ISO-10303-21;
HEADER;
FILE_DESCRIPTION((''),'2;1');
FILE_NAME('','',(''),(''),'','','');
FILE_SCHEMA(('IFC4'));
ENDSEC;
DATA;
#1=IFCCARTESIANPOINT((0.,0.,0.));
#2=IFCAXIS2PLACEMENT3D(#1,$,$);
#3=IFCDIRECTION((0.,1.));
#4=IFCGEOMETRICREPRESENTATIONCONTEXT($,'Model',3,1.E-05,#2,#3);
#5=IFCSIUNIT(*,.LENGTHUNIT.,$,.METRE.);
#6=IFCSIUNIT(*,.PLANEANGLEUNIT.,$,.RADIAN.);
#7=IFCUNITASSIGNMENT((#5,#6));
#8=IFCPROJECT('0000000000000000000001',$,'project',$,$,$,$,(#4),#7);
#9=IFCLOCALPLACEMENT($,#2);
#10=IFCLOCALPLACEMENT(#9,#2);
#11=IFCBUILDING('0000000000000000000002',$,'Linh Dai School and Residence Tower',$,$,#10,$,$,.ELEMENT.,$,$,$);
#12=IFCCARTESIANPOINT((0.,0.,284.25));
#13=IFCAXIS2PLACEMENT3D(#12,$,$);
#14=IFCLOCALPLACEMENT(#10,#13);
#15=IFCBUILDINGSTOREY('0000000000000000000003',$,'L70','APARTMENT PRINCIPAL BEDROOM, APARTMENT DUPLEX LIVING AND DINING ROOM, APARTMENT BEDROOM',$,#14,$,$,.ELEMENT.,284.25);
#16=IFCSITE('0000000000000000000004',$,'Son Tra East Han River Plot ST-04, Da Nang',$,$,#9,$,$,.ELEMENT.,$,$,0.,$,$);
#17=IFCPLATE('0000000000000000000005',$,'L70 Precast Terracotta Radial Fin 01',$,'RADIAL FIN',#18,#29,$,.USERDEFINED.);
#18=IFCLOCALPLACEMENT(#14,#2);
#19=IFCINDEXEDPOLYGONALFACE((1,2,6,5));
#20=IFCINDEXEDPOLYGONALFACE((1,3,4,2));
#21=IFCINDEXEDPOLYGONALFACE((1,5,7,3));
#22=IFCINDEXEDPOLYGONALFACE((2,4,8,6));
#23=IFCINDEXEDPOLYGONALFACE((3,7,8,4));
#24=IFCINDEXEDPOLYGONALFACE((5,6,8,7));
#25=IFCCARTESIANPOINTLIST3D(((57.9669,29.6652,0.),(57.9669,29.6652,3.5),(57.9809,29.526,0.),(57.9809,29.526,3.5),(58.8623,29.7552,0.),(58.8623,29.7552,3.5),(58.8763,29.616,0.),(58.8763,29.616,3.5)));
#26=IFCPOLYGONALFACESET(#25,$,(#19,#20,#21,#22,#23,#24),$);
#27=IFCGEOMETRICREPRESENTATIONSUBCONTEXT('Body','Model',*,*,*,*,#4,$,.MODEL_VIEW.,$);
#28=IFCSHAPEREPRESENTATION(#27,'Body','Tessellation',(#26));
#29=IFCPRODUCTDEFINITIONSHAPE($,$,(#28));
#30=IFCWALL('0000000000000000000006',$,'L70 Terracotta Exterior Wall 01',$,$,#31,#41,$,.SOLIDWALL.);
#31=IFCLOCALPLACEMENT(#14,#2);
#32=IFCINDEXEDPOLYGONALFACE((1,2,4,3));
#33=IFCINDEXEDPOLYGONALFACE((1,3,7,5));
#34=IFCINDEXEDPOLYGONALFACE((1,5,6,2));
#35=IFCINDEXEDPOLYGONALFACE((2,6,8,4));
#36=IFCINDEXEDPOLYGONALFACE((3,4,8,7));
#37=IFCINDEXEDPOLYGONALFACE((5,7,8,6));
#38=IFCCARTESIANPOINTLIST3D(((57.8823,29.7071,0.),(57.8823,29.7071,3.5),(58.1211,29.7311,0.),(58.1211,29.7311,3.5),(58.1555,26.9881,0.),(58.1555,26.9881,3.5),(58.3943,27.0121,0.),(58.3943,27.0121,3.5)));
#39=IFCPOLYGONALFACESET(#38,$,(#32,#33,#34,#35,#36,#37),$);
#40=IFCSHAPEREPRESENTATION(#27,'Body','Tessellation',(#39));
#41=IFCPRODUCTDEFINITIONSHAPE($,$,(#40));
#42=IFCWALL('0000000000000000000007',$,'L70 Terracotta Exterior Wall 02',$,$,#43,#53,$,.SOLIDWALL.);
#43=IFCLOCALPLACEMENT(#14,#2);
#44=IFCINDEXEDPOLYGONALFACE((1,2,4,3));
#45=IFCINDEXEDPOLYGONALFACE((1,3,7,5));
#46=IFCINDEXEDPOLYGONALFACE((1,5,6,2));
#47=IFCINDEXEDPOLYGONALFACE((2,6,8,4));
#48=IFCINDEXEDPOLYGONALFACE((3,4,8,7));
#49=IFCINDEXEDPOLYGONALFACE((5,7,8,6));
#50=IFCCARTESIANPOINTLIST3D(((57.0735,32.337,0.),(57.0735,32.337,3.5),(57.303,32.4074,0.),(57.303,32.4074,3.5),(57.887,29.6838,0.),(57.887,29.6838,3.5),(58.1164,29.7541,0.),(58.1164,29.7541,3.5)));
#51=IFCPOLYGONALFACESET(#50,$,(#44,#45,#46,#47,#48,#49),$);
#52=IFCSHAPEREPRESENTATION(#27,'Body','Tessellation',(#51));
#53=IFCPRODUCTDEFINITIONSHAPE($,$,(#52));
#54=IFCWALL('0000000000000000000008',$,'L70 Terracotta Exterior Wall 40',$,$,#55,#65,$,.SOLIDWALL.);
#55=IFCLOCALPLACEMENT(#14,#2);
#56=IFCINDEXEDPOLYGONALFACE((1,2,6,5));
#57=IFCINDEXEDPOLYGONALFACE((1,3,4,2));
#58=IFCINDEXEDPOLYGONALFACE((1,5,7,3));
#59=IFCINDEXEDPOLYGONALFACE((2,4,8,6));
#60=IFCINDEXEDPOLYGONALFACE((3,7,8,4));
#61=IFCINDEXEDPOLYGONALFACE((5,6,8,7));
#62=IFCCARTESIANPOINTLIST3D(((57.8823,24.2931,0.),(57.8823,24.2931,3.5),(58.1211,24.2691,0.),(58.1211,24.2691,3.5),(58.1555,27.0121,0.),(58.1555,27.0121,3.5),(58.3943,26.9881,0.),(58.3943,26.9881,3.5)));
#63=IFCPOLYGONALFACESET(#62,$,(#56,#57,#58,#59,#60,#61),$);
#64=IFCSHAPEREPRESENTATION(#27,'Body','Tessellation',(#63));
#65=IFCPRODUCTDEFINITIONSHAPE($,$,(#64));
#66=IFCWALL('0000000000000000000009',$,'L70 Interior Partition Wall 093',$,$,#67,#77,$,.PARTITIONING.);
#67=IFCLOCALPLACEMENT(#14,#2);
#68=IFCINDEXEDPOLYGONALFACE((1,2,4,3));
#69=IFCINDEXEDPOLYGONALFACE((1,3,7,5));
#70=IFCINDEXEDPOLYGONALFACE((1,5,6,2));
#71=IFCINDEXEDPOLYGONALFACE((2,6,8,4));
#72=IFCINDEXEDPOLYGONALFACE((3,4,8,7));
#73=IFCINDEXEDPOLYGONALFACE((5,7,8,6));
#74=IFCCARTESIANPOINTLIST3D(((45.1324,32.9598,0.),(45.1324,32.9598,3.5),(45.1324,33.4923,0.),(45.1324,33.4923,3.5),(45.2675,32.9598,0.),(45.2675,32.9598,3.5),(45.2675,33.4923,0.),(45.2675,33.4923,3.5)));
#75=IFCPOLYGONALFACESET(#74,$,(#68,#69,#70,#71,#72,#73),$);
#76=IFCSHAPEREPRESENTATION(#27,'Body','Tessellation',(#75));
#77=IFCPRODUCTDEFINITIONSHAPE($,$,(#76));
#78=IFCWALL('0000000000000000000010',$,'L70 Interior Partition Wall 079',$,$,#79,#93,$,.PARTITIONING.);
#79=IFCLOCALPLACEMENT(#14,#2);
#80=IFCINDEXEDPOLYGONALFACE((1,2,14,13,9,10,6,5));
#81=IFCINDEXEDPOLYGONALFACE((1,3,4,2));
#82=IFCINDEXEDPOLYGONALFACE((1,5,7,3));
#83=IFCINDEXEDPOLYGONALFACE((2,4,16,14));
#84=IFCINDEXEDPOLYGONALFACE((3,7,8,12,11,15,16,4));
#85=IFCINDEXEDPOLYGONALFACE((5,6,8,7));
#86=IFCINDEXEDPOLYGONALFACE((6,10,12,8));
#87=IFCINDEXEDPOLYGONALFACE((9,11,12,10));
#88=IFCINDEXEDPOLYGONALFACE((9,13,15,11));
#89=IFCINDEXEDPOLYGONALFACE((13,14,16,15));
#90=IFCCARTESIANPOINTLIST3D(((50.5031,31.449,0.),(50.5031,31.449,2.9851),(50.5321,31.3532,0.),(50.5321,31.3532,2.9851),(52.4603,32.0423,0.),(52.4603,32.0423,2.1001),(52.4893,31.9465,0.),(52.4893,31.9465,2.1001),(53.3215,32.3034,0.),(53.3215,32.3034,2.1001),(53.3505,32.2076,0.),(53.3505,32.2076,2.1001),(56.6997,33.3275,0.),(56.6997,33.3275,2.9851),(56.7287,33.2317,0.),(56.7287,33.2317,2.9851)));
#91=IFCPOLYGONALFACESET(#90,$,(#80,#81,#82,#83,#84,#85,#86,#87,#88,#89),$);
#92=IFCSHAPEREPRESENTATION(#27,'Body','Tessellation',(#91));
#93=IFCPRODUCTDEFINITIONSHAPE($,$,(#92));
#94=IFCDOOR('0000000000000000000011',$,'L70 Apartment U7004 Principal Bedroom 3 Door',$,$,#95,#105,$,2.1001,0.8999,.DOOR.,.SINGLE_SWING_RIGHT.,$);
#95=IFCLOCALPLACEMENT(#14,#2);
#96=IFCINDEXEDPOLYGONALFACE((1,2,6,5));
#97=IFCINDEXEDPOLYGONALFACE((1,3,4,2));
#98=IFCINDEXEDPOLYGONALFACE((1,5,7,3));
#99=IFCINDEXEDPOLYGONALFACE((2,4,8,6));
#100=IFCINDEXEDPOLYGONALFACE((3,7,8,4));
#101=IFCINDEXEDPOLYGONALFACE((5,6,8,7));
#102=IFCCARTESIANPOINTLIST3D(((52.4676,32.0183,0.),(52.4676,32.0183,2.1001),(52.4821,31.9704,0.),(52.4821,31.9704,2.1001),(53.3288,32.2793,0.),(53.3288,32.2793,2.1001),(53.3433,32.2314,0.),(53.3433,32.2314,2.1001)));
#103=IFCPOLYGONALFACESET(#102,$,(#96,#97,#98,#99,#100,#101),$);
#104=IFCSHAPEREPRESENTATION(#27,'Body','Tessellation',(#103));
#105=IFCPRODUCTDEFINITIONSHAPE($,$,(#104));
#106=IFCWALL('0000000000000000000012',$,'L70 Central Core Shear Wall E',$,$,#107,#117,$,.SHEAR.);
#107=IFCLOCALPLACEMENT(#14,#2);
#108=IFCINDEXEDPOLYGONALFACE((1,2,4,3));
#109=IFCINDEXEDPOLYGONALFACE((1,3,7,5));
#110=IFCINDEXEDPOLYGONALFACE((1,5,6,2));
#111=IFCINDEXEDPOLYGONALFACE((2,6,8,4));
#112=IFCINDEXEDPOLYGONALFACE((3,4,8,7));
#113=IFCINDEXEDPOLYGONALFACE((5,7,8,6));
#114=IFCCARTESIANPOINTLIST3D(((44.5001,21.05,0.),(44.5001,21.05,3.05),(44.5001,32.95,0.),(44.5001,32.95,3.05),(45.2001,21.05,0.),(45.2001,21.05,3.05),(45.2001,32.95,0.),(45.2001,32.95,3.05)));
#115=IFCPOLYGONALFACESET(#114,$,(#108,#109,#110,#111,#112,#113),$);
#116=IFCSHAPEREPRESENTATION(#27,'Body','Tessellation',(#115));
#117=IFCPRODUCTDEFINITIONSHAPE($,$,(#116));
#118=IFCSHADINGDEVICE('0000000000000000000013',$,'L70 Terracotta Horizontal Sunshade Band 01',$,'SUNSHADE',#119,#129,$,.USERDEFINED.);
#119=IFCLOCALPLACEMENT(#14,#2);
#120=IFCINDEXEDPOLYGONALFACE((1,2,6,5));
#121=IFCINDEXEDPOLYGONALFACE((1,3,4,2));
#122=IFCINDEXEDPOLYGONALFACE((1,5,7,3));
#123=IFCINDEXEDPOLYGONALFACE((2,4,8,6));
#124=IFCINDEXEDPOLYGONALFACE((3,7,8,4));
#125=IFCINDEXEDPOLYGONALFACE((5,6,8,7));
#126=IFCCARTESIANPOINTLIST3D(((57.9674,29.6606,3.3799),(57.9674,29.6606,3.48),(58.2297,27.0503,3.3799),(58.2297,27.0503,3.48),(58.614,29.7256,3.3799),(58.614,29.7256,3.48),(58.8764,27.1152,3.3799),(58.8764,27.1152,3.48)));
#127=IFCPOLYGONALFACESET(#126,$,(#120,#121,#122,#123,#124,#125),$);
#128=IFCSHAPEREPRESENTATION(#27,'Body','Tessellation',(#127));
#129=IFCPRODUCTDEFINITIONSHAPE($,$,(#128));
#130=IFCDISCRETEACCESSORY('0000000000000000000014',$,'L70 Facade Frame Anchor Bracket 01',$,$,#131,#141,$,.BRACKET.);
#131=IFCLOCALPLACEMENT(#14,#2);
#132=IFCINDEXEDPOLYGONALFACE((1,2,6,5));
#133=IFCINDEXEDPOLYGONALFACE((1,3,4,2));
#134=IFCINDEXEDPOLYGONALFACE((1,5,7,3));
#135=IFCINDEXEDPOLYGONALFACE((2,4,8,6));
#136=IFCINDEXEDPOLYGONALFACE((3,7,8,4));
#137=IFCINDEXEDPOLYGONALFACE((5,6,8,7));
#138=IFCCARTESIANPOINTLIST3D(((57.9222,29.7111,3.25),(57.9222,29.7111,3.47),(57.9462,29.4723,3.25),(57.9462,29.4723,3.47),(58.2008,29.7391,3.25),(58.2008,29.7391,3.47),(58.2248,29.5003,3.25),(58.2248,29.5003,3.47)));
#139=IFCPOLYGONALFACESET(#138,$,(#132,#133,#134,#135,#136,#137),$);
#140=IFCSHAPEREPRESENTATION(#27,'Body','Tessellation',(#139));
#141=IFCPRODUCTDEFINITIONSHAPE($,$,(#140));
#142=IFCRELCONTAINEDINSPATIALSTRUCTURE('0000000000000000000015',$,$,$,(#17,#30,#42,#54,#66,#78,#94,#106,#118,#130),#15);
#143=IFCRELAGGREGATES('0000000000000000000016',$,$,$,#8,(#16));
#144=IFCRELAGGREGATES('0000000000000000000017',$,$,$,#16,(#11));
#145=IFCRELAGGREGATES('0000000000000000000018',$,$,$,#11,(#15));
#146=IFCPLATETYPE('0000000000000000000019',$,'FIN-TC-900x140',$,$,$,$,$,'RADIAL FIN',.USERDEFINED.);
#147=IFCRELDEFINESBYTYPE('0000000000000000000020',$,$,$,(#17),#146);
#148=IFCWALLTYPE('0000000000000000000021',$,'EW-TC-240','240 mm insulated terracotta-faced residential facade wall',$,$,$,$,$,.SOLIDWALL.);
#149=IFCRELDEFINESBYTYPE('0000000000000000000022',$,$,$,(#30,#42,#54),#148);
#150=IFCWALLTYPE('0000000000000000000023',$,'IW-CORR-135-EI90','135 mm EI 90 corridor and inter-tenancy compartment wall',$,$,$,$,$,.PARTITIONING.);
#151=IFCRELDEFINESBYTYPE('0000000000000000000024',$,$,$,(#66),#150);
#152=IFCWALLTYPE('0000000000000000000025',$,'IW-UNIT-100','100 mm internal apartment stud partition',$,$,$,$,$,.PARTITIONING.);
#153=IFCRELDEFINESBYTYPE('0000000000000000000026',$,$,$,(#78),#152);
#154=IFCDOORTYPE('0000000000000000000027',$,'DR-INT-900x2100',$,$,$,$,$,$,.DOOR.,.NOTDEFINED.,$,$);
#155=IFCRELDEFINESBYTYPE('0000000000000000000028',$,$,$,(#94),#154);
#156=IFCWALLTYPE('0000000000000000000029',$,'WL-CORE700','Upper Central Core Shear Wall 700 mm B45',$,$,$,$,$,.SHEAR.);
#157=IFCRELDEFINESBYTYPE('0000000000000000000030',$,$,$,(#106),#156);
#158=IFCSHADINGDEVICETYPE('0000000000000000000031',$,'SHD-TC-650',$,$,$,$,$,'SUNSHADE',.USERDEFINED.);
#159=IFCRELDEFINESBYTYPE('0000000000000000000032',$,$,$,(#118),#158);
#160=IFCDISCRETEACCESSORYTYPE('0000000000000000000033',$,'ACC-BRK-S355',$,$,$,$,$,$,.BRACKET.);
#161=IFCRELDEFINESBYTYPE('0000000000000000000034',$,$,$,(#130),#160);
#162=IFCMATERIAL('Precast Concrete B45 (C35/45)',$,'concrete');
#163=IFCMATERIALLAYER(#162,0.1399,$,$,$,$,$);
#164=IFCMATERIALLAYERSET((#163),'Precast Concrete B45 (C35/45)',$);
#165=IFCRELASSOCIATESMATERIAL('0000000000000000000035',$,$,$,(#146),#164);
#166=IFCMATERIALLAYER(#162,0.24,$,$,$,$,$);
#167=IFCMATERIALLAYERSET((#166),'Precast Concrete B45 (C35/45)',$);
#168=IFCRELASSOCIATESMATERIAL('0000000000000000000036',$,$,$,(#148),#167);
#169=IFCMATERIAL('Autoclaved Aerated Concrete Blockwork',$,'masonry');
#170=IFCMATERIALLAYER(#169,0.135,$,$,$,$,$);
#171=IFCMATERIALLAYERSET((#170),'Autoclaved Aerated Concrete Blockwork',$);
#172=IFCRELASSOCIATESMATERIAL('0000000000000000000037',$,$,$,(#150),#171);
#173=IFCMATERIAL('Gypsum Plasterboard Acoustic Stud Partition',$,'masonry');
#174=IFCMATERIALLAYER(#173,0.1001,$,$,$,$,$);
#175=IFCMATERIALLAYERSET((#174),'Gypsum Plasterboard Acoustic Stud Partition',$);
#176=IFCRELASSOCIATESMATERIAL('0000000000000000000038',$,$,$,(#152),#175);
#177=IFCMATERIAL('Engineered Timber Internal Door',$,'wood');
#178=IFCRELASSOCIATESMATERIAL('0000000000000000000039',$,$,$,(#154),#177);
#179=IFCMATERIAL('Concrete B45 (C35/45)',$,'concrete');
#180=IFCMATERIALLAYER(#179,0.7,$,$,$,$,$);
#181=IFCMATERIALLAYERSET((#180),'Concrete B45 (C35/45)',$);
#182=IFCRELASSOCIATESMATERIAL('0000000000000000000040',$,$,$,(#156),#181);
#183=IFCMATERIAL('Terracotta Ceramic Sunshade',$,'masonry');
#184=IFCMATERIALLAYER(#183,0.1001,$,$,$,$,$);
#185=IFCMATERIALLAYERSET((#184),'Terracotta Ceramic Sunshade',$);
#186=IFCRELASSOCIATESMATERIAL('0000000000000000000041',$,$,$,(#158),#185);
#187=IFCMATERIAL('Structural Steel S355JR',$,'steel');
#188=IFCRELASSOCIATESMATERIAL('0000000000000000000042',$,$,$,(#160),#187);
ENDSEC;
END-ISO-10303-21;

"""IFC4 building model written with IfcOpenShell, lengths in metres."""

from ifc_helpers import new_model, si_unit, direction, frame, frame_2d, origin, origin_2d, place, context, subcontext, project, spatial, rectangle, extrude, source, transform, mapped, material, layer, layer_set, type_object, element, fill, save


model = new_model("IFC4")

# Units and contexts
model_context = context("Model", 3, precision=1e-05, world=origin(), true_north=direction((0.0, 1.0)))
body_context = subcontext(model_context, "Body", "Model", "MODEL_VIEW")
ifc_project = project(units=[si_unit("LENGTHUNIT", "METRE"), si_unit("PLANEANGLEUNIT", "RADIAN")], contexts=[model_context])

# Site, building, storey
site_placement = place(None, origin())
site = spatial("IfcSite", under=ifc_project, at=site_placement, Name="Son Tra East Han River Plot ST-04, Da Nang", CompositionType="ELEMENT", RefElevation=0.0)
building_placement = place(site_placement, origin())
building = spatial("IfcBuilding", under=site, at=building_placement, Name="Linh Dai School and Residence Tower", CompositionType="ELEMENT")
storey_placement = place(building_placement, frame((0.0, 0.0, 284.25)))
storey = spatial("IfcBuildingStorey", under=building, at=storey_placement, Name="L70", Description="APARTMENT PRINCIPAL BEDROOM, APARTMENT DUPLEX LIVING AND DINING ROOM, APARTMENT BEDROOM", CompositionType="ELEMENT", Elevation=284.25)

# Shared definitions
ifc_material_1 = material(Name="Structural Steel S355JR", Category="steel")

# Plate
ifc_material_2 = material(Name="Precast Concrete B45 (C35/45)", Category="concrete")
ifc_layer_1 = layer(ifc_material_2, 0.1399)
ifc_layer_set_1 = layer_set([ifc_layer_1], Name="Precast Concrete B45 (C35/45)")
plate_type = type_object("IfcPlateType", Name="FIN-TC-900x140", ElementType="RADIAL FIN", PredefinedType="USERDEFINED", material=ifc_layer_set_1)
shared_shape_1 = source(origin(), body_context, "Body", "SweptSolid", [
    extrude(rectangle(XDim=0.8999, YDim=0.1399, at=origin_2d()), origin(), (0.0, 0.0, 1.0), 3.5),
])
plate_placement = place(storey_placement, frame((58.4216, 29.6406, 0.0), z_axis=(0.0, 0.0, 1.0), x_axis=(0.994987, 0.100008, 0.0)))
element("IfcPlate", 1, at=plate_placement, inside=storey, type_object=plate_type, Name="L70 Precast Terracotta Radial Fin 01", ObjectType="RADIAL FIN", PredefinedType="USERDEFINED", context=body_context, shape_type="MappedRepresentation", body=[
    mapped(shared_shape_1, transform((0.0, 0.0, 0.0), x_axis=(1.0, 0.0, 0.0), y_axis=(0.0, 1.0, 0.0), z_axis=(0.0, 0.0, 1.0), scale=1.0)),
])

# Walls
ifc_layer_2 = layer(ifc_material_2, 0.24)
ifc_layer_set_2 = layer_set([ifc_layer_2], Name="Precast Concrete B45 (C35/45)")
wall_type_1 = type_object("IfcWallType", Name="EW-TC-240", Description="240 mm insulated terracotta-faced residential facade wall", PredefinedType="SOLIDWALL", material=ifc_layer_set_2)
wall_1_placement = place(storey_placement, frame((58.0017, 29.719, 0.0), z_axis=(0.0, 0.0, 1.0), x_axis=(0.099973, -0.99499, 0.0)))
element("IfcWall", 2, at=wall_1_placement, inside=storey, type_object=wall_type_1, Name="L70 Terracotta Exterior Wall 01", PredefinedType="SOLIDWALL", context=body_context, shape_type="SweptSolid", body=[
    extrude(rectangle(XDim=2.7327, YDim=0.24, at=frame_2d((1.3662, 0.0))), origin(), (0.0, 0.0, 1.0), 3.5),
])
wall_2_placement = place(storey_placement, frame((57.1882, 32.3723, 0.0), z_axis=(0.0, 0.0, 1.0), x_axis=(0.293121, -0.956075, 0.0)))
element("IfcWall", 3, at=wall_2_placement, inside=storey, type_object=wall_type_1, Name="L70 Terracotta Exterior Wall 02", PredefinedType="SOLIDWALL", context=body_context, shape_type="SweptSolid", body=[
    extrude(rectangle(XDim=2.7751, YDim=0.24, at=frame_2d((1.3877, 0.0))), origin(), (0.0, 0.0, 1.0), 3.5),
])
wall_3_placement = place(storey_placement, frame((58.2749, 27.0, 0.0), z_axis=(0.0, 0.0, 1.0), x_axis=(-0.099973, -0.99499, 0.0)))
element("IfcWall", 4, at=wall_3_placement, inside=storey, type_object=wall_type_1, Name="L70 Terracotta Exterior Wall 40", PredefinedType="SOLIDWALL", context=body_context, shape_type="SweptSolid", body=[
    extrude(rectangle(XDim=2.7327, YDim=0.24, at=frame_2d((1.3662, 0.0))), origin(), (0.0, 0.0, 1.0), 3.5),
])
ifc_material_3 = material(Name="Autoclaved Aerated Concrete Blockwork", Category="masonry")
ifc_layer_3 = layer(ifc_material_3, 0.135)
ifc_layer_set_3 = layer_set([ifc_layer_3], Name="Autoclaved Aerated Concrete Blockwork")
wall_type_2 = type_object("IfcWallType", Name="IW-CORR-135-EI90", Description="135 mm EI 90 corridor and inter-tenancy compartment wall", PredefinedType="PARTITIONING", material=ifc_layer_set_3)
wall_4_placement = place(storey_placement, frame((45.2, 32.96, 0.0), z_axis=(0.0, 0.0, 1.0), x_axis=(0.0, 1.0, 0.0)))
element("IfcWall", 5, at=wall_4_placement, inside=storey, type_object=wall_type_2, Name="L70 Interior Partition Wall 093", PredefinedType="PARTITIONING", context=body_context, shape_type="SweptSolid", body=[
    extrude(rectangle(XDim=0.5325, YDim=0.135, at=frame_2d((0.2661, 0.0))), origin(), (0.0, 0.0, 1.0), 3.5),
])

# Wall, opening, door
ifc_material_4 = material(Name="Gypsum Plasterboard Acoustic Stud Partition", Category="masonry")
ifc_layer_4 = layer(ifc_material_4, 0.1001)
ifc_layer_set_4 = layer_set([ifc_layer_4], Name="Gypsum Plasterboard Acoustic Stud Partition")
wall_type_3 = type_object("IfcWallType", Name="IW-UNIT-100", Description="100 mm internal apartment stud partition", PredefinedType="PARTITIONING", material=ifc_layer_set_4)
wall_5_placement = place(storey_placement, frame((50.5176, 31.4011, 0.0), z_axis=(0.0, 0.0, 1.0), x_axis=(0.956995, 0.290104, 0.0)))
wall_5 = element("IfcWall", 6, at=wall_5_placement, inside=storey, type_object=wall_type_3, Name="L70 Interior Partition Wall 079", PredefinedType="PARTITIONING", context=body_context, shape_type="SweptSolid", body=[
    extrude(rectangle(XDim=6.4751, YDim=0.1001, at=frame_2d((3.2375, 0.0))), origin(), (0.0, 0.0, 1.0), 2.9851),
])
opening_placement = place(wall_5_placement, frame((2.0452, 0.0, 0.0)))
opening = element("IfcOpeningElement", 7, at=opening_placement, cuts=wall_5, PredefinedType="OPENING", context=body_context, shape_type="SweptSolid", body=[
    extrude(rectangle(XDim=0.8999, YDim=2.1001, at=origin_2d()), frame((0.45, 0.0601, 1.05), z_axis=(0.0, -1.0, 0.0), x_axis=(1.0, 0.0, 0.0)), (0.0, 0.0, 1.0), 0.1201),
])
ifc_material_5 = material(Name="Engineered Timber Internal Door", Category="wood")
door_type = type_object("IfcDoorType", Name="DR-INT-900x2100", OperationType="NOTDEFINED", PredefinedType="DOOR", material=ifc_material_5)
shared_shape_2 = source(origin(), body_context, "Body", "SweptSolid", [
    extrude(rectangle(XDim=0.8999, YDim=2.1001, at=origin_2d()), frame((0.45, 0.0249, 1.05), z_axis=(0.0, -1.0, 0.0), x_axis=(1.0, 0.0, 0.0)), (0.0, 0.0, 1.0), 0.05),
])
door_placement = place(opening_placement, origin())
door = element("IfcDoor", 8, at=door_placement, inside=storey, type_object=door_type, Name="L70 Apartment U7004 Principal Bedroom 3 Door", OperationType="SINGLE_SWING_RIGHT", OverallHeight=2.1001, OverallWidth=0.8999, PredefinedType="DOOR", context=body_context, shape_type="MappedRepresentation", body=[
    mapped(shared_shape_2, transform((0.0, 0.0, 0.0), x_axis=(1.0, 0.0, 0.0), y_axis=(0.0, 1.0, 0.0), z_axis=(0.0, 0.0, 1.0), scale=1.0)),
])
fill(opening, door)

# Wall
ifc_material_6 = material(Name="Concrete B45 (C35/45)", Category="concrete")
ifc_layer_5 = layer(ifc_material_6, 0.7)
ifc_layer_set_5 = layer_set([ifc_layer_5], Name="Concrete B45 (C35/45)")
wall_type_4 = type_object("IfcWallType", Name="WL-CORE700", Description="Upper Central Core Shear Wall 700 mm B45", PredefinedType="SHEAR", material=ifc_layer_set_5)
wall_6_placement = place(storey_placement, frame((44.8501, 32.95, 0.0), z_axis=(0.0, 0.0, 1.0), x_axis=(0.0, -1.0, 0.0)))
element("IfcWall", 9, at=wall_6_placement, inside=storey, type_object=wall_type_4, Name="L70 Central Core Shear Wall E", PredefinedType="SHEAR", context=body_context, shape_type="SweptSolid", body=[
    extrude(rectangle(XDim=11.8999, YDim=0.7, at=frame_2d((5.95, 0.0))), origin(), (0.0, 0.0, 1.0), 3.05),
])

# Shading device
ifc_material_7 = material(Name="Terracotta Ceramic Sunshade", Category="masonry")
ifc_layer_6 = layer(ifc_material_7, 0.1001)
ifc_layer_set_6 = layer_set([ifc_layer_6], Name="Terracotta Ceramic Sunshade")
shading_device_type = type_object("IfcShadingDeviceType", Name="SHD-TC-650", ElementType="SUNSHADE", PredefinedType="USERDEFINED", material=ifc_layer_set_6)
shared_shape_3 = source(origin(), body_context, "Body", "SweptSolid", [
    extrude(rectangle(XDim=2.6235, YDim=0.6499, at=origin_2d()), origin(), (0.0, 0.0, 1.0), 0.1001),
])
shading_device_placement = place(storey_placement, frame((58.4219, 28.3879, 3.3799), z_axis=(0.0, 0.0, 1.0), x_axis=(0.100008, -0.994987, 0.0)))
element("IfcShadingDevice", 10, at=shading_device_placement, inside=storey, type_object=shading_device_type, Name="L70 Terracotta Horizontal Sunshade Band 01", ObjectType="SUNSHADE", PredefinedType="USERDEFINED", context=body_context, shape_type="MappedRepresentation", body=[
    mapped(shared_shape_3, transform((0.0, 0.0, 0.0), x_axis=(1.0, 0.0, 0.0), y_axis=(0.0, 1.0, 0.0), z_axis=(0.0, 0.0, 1.0), scale=1.0)),
])

# Discrete accessory
discrete_accessory_type = type_object("IfcDiscreteAccessoryType", Name="ACC-BRK-S355", PredefinedType="BRACKET", material=ifc_material_1)
shared_shape_4 = source(origin(), body_context, "Body", "SweptSolid", [
    extrude(rectangle(XDim=0.28, YDim=0.24, at=origin_2d()), origin(), (0.0, 0.0, 1.0), 0.22),
])
discrete_accessory_placement = place(storey_placement, frame((58.0735, 29.6057, 3.25), z_axis=(0.0, 0.0, 1.0), x_axis=(0.994987, 0.100008, 0.0)))
element("IfcDiscreteAccessory", 11, at=discrete_accessory_placement, inside=storey, type_object=discrete_accessory_type, Name="L70 Facade Frame Anchor Bracket 01", PredefinedType="BRACKET", context=body_context, shape_type="MappedRepresentation", body=[
    mapped(shared_shape_4, transform((0.0, 0.0, 0.0), x_axis=(1.0, 0.0, 0.0), y_axis=(0.0, 1.0, 0.0), z_axis=(0.0, 0.0, 1.0), scale=1.0)),
])

save(model, "model.ifc")
